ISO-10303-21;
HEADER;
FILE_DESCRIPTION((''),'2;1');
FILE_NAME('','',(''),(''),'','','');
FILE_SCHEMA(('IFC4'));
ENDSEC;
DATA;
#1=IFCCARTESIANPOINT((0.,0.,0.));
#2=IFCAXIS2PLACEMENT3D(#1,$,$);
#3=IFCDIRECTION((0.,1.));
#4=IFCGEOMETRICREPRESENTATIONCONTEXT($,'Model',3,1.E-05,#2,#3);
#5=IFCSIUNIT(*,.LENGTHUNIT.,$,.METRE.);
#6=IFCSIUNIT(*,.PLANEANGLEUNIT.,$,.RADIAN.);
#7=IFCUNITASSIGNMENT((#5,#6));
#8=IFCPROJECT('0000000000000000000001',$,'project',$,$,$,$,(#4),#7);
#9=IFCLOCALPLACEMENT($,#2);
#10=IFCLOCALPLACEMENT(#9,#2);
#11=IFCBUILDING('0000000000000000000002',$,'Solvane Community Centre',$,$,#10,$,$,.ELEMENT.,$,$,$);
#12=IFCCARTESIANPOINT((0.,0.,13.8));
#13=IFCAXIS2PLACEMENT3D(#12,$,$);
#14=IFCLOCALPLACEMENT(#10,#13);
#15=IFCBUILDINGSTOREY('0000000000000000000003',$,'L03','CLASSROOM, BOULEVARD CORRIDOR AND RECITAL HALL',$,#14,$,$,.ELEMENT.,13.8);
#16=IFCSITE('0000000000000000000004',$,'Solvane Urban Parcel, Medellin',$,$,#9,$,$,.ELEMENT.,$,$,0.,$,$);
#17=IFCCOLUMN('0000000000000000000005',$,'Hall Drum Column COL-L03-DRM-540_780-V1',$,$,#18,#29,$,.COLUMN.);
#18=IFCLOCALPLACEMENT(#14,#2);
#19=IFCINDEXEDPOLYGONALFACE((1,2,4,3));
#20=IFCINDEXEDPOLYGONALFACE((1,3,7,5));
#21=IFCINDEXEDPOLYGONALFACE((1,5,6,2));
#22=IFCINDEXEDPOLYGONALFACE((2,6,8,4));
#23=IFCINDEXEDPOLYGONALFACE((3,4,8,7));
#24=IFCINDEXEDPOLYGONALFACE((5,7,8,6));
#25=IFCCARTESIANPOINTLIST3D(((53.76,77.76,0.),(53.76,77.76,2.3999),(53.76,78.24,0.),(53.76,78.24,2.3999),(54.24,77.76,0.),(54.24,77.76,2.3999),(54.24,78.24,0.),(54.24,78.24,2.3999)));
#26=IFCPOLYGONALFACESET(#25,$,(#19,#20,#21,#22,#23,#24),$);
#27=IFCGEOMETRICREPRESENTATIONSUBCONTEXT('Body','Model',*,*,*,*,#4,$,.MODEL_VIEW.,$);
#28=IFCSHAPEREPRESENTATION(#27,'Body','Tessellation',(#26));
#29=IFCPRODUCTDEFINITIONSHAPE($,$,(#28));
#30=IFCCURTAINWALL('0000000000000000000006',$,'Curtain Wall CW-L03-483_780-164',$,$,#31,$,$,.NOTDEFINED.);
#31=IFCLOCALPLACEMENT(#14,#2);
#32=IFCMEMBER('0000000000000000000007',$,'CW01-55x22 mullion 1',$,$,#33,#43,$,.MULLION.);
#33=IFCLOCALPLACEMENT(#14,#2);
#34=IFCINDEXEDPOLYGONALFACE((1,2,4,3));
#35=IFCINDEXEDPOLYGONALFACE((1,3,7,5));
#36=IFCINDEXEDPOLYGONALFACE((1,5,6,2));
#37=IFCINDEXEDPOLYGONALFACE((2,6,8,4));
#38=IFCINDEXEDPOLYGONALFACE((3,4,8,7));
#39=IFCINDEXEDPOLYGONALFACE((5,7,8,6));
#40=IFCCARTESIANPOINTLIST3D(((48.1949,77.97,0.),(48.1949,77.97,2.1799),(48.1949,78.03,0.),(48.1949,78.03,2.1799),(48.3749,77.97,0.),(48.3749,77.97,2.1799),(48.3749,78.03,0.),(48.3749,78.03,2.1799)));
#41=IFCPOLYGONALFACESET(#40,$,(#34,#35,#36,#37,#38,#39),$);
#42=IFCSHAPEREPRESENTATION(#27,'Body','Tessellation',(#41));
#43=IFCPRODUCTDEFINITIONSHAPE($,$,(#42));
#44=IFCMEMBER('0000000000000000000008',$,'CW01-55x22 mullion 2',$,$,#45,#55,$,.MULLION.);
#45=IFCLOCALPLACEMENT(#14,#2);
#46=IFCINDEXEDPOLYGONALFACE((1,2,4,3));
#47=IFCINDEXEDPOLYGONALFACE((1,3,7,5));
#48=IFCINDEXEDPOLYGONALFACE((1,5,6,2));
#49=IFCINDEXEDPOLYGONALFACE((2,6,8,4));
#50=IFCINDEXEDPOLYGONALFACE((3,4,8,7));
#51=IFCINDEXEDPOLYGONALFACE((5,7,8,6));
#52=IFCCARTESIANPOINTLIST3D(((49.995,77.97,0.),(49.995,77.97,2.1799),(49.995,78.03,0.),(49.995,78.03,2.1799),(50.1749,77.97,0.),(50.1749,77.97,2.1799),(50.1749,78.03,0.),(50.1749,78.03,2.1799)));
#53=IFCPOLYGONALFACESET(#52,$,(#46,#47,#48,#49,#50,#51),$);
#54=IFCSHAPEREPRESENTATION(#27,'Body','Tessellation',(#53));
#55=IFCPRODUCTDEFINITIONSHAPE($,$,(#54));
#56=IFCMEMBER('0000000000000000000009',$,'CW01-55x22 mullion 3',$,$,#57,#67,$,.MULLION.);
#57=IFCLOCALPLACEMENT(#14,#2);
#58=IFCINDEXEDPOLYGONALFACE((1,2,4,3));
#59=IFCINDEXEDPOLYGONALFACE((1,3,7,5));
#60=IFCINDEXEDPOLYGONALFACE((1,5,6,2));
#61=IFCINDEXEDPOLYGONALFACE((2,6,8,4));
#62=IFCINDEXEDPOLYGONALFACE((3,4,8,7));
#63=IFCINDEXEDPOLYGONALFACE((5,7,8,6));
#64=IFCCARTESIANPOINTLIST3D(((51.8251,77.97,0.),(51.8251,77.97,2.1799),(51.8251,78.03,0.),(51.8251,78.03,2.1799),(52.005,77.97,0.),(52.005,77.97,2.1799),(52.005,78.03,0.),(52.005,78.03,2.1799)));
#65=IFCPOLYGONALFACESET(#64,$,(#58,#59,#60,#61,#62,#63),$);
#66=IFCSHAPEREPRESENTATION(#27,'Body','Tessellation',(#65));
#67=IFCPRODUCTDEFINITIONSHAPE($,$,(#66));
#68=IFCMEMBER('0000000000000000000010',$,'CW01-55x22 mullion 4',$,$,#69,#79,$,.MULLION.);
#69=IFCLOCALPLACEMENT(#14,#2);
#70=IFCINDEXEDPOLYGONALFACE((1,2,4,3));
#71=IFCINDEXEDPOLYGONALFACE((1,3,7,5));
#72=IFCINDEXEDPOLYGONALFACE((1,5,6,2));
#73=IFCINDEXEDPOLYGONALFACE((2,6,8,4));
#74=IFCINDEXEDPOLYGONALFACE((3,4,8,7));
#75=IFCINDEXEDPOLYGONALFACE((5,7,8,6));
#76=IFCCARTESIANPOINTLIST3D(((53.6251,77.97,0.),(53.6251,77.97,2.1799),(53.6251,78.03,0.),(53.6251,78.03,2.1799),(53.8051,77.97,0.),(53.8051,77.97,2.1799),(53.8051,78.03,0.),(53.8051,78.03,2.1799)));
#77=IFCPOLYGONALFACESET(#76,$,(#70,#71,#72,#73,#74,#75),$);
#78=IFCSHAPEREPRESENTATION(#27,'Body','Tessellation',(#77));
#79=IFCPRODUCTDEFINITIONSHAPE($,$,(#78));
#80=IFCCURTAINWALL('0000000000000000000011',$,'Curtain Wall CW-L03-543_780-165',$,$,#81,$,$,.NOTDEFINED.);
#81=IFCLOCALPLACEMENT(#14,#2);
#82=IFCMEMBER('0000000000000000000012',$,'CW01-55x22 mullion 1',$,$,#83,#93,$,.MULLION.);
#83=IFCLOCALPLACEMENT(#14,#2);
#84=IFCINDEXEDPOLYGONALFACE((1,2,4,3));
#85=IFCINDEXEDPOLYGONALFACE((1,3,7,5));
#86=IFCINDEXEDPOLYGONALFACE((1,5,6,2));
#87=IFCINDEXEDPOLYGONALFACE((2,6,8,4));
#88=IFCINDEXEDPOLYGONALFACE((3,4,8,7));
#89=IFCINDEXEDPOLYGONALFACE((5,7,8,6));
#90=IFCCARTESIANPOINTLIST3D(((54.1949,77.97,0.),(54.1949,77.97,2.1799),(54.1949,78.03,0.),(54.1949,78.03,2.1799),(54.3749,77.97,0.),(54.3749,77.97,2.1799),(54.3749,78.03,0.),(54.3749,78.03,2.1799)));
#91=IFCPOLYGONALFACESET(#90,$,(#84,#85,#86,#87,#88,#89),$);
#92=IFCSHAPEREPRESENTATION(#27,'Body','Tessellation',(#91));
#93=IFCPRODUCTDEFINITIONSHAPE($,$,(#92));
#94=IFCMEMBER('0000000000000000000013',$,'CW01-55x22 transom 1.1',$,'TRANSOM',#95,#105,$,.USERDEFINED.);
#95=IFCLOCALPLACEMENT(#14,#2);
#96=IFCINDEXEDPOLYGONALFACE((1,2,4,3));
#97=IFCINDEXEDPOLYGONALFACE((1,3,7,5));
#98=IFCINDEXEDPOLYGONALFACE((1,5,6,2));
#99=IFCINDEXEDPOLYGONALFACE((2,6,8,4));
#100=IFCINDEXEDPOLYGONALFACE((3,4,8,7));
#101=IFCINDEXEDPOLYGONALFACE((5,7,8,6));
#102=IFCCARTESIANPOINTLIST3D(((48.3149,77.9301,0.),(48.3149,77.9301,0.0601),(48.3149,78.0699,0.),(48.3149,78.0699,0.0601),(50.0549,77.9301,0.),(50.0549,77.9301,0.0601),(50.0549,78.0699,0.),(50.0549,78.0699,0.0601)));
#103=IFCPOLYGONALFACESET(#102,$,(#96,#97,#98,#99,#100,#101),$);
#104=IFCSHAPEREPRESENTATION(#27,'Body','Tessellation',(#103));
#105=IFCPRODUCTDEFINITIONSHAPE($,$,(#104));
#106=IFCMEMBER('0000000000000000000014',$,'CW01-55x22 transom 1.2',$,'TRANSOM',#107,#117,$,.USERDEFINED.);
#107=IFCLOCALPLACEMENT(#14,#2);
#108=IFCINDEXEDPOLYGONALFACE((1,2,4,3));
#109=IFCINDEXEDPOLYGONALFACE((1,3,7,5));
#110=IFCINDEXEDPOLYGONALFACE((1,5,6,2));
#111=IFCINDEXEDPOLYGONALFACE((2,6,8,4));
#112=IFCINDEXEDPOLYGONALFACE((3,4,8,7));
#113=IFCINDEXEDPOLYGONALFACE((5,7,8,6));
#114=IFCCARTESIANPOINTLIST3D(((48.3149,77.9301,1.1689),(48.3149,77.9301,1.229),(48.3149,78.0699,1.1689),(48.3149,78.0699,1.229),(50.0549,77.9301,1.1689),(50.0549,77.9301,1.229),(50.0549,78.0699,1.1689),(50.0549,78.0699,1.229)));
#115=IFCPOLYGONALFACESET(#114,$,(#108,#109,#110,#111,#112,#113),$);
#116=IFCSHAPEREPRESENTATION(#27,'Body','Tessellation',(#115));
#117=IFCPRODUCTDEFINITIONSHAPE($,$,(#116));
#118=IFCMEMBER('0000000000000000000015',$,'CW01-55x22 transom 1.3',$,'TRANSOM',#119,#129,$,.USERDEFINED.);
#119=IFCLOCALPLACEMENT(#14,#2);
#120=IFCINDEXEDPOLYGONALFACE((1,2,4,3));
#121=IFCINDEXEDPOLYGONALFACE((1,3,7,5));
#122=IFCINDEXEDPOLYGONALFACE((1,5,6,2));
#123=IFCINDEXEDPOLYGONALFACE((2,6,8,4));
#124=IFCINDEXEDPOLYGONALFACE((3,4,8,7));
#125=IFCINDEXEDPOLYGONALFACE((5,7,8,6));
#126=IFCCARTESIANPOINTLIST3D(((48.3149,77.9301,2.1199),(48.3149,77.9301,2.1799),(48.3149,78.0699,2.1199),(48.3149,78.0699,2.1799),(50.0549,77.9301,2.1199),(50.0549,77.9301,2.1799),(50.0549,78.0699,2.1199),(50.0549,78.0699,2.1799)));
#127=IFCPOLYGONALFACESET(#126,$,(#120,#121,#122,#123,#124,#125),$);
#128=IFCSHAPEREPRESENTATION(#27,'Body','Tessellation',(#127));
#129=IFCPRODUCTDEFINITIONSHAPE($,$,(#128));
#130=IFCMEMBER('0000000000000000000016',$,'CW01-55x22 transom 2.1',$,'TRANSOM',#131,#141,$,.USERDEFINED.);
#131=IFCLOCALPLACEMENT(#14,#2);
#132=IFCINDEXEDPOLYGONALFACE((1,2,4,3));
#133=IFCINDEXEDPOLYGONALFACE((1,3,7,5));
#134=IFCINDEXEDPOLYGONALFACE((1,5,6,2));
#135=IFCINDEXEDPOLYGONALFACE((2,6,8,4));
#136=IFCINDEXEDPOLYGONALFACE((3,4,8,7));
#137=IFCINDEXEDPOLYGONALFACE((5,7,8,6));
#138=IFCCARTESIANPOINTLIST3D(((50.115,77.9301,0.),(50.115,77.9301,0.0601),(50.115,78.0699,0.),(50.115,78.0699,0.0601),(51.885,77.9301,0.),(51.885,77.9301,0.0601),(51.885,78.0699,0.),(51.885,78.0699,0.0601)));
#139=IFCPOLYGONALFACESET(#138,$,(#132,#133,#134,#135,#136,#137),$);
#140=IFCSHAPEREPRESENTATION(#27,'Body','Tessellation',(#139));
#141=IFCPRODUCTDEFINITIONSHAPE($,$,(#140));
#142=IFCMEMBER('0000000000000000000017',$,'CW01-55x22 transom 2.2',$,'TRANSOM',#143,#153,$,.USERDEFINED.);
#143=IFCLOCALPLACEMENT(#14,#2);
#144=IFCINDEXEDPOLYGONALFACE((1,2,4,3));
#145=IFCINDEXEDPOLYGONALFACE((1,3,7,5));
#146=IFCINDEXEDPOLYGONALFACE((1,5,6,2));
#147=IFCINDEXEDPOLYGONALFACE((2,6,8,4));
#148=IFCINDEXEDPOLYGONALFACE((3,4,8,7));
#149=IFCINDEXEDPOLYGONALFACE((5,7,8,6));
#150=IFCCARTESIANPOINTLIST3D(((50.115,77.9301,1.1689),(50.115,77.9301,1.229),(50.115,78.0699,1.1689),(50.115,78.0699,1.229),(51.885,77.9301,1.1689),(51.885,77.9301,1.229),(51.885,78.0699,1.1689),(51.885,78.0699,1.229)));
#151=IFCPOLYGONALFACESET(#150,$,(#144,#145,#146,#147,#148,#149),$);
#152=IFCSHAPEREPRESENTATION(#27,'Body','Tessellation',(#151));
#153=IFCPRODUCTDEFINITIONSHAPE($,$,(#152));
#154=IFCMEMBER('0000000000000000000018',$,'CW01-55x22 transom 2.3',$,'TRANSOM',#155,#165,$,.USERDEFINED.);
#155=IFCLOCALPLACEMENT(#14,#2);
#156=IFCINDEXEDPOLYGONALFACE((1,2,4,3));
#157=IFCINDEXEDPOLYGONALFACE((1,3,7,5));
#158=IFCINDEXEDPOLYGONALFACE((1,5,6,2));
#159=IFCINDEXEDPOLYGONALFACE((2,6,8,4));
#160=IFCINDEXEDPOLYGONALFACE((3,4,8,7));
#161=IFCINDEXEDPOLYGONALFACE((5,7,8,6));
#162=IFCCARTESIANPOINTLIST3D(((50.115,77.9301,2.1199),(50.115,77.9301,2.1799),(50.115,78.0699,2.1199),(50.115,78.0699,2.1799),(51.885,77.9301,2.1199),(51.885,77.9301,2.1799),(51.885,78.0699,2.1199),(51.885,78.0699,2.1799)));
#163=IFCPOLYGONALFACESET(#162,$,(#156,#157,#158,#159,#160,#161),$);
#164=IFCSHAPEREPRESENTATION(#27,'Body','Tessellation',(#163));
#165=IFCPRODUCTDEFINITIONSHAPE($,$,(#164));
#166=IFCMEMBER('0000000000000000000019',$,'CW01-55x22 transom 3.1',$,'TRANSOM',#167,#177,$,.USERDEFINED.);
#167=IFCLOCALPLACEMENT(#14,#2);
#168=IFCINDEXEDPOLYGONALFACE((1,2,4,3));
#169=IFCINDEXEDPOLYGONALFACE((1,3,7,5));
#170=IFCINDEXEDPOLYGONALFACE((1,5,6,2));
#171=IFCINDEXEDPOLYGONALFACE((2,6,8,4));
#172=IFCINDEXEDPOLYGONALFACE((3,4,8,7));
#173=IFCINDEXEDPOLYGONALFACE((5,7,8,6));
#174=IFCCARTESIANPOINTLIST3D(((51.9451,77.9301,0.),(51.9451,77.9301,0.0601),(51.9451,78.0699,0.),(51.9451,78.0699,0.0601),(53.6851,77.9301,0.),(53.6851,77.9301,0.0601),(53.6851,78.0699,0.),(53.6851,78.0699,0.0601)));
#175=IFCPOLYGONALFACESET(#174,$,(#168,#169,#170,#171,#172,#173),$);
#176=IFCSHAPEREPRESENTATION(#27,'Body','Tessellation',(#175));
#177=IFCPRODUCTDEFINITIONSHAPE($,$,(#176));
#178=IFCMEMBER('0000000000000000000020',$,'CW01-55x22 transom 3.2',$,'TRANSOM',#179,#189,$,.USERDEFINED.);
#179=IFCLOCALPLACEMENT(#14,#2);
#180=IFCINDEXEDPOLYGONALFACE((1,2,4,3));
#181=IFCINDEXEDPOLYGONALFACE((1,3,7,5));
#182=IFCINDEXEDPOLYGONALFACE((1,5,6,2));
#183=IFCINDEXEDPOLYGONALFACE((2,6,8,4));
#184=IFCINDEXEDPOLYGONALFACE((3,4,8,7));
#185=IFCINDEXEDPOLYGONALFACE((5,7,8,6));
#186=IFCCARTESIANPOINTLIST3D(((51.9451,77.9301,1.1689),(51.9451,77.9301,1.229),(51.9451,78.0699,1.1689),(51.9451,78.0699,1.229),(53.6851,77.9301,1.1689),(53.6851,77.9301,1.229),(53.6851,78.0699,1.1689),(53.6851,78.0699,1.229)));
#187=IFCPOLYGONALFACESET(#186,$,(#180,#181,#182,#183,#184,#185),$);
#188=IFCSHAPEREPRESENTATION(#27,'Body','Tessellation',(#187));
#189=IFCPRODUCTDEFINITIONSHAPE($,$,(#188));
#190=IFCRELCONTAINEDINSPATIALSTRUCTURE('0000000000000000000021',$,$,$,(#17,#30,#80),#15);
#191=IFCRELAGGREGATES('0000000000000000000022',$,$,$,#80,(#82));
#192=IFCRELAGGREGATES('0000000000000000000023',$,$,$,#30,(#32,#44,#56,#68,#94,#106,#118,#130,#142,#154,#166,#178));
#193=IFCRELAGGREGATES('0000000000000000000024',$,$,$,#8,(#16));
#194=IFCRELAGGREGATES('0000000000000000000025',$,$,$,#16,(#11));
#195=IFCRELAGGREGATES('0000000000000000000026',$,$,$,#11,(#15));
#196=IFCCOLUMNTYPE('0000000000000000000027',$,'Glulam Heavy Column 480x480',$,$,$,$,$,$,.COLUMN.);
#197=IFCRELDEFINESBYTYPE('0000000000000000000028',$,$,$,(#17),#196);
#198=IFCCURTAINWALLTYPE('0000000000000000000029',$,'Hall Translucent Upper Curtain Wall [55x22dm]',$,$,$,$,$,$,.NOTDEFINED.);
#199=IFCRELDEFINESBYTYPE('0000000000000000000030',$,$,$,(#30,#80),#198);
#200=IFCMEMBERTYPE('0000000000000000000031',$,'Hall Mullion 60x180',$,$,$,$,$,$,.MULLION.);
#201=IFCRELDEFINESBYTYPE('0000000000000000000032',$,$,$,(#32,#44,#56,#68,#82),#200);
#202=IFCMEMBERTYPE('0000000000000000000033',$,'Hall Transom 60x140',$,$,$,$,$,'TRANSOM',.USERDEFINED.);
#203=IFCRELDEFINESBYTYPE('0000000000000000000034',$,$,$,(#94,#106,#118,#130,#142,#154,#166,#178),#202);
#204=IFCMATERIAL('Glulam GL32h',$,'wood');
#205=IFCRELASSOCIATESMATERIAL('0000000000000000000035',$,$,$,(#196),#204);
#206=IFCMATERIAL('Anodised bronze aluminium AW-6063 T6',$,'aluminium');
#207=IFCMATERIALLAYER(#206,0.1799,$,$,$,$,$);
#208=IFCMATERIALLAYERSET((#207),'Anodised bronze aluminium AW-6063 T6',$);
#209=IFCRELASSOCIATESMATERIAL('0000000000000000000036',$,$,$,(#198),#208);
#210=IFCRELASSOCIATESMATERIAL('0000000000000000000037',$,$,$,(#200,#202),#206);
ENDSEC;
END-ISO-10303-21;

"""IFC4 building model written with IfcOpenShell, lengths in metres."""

from ifc_helpers import new_model, si_unit, direction, frame, origin, origin_2d, place, context, subcontext, project, spatial, rectangle, extrude, material, layer, layer_set, material_profile, profile_set, type_object, element, aggregate, save


model = new_model("IFC4")

# Units and contexts
model_context = context("Model", 3, precision=1e-05, world=origin(), true_north=direction((0.0, 1.0)))
body_context = subcontext(model_context, "Body", "Model", "MODEL_VIEW")
ifc_project = project(units=[si_unit("LENGTHUNIT", "METRE"), si_unit("PLANEANGLEUNIT", "RADIAN")], contexts=[model_context])

# Site, building, storey
site_placement = place(None, origin())
site = spatial("IfcSite", under=ifc_project, at=site_placement, Name="Solvane Urban Parcel, Medellin", CompositionType="ELEMENT", RefElevation=0.0)
building_placement = place(site_placement, origin())
building = spatial("IfcBuilding", under=site, at=building_placement, Name="Solvane Community Centre", CompositionType="ELEMENT")
storey_placement = place(building_placement, frame((0.0, 0.0, 13.8)))
storey = spatial("IfcBuildingStorey", under=building, at=storey_placement, Name="L03", Description="CLASSROOM, BOULEVARD CORRIDOR AND RECITAL HALL", CompositionType="ELEMENT", Elevation=13.8)

# Column
ifc_material_1 = material(Name="Glulam GL32h", Category="wood")
ifc_material_profile_1 = material_profile(ifc_material_1, rectangle(XDim=0.48, YDim=0.48, at=origin_2d()), Name="GL32h 480x480")
ifc_profile_set_1 = profile_set([ifc_material_profile_1], Name="Glulam GL32h")
column_type = type_object("IfcColumnType", Name="Glulam Heavy Column 480x480", PredefinedType="COLUMN", material=ifc_profile_set_1)
column_placement = place(storey_placement, frame((54.0, 78.0, 0.0), z_axis=(0.0, 0.0, 1.0), x_axis=(1.0, 0.0, 0.0)))
element("IfcColumn", 1, at=column_placement, inside=storey, type_object=column_type, Name="Hall Drum Column COL-L03-DRM-540_780-V1", PredefinedType="COLUMN", context=body_context, shape_type="SweptSolid", body=[
    extrude(rectangle(XDim=0.48, YDim=0.48, at=origin_2d()), origin(), (0.0, 0.0, 1.0), 2.3999),
])

# Curtain wall, members
ifc_material_2 = material(Name="Anodised bronze aluminium AW-6063 T6", Category="aluminium")
ifc_layer_1 = layer(ifc_material_2, 0.1799)
ifc_layer_set_1 = layer_set([ifc_layer_1], Name="Anodised bronze aluminium AW-6063 T6")
curtain_wall_type = type_object("IfcCurtainWallType", Name="Hall Translucent Upper Curtain Wall [55x22dm]", PredefinedType="NOTDEFINED", material=ifc_layer_set_1)
curtain_wall_1_placement = place(storey_placement, origin())
curtain_wall_1 = element("IfcCurtainWall", 2, at=curtain_wall_1_placement, inside=storey, type_object=curtain_wall_type, Name="Curtain Wall CW-L03-483_780-164", PredefinedType="NOTDEFINED")
ifc_material_profile_2 = material_profile(ifc_material_2, rectangle(XDim=0.0601, YDim=0.1799, at=origin_2d()), Name="CW-M 60x180")
ifc_profile_set_2 = profile_set([ifc_material_profile_2], Name="Anodised bronze aluminium AW-6063 T6")
member_type_1 = type_object("IfcMemberType", Name="Hall Mullion 60x180", PredefinedType="MULLION", material=ifc_profile_set_2)
member_1_placement = place(storey_placement, frame((48.2849, 78.0, 0.0), z_axis=(0.0, 0.0, 1.0), x_axis=(0.0, 1.0, 0.0)))
member_1 = element("IfcMember", 3, at=member_1_placement, type_object=member_type_1, Name="CW01-55x22 mullion 1", PredefinedType="MULLION", context=body_context, shape_type="SweptSolid", body=[
    extrude(rectangle(XDim=0.0601, YDim=0.1799, at=origin_2d()), origin(), (0.0, 0.0, 1.0), 2.1799),
])
member_2_placement = place(storey_placement, frame((50.085, 78.0, 0.0), z_axis=(0.0, 0.0, 1.0), x_axis=(0.0, 1.0, 0.0)))
member_2 = element("IfcMember", 4, at=member_2_placement, type_object=member_type_1, Name="CW01-55x22 mullion 2", PredefinedType="MULLION", context=body_context, shape_type="SweptSolid", body=[
    extrude(rectangle(XDim=0.0601, YDim=0.1799, at=origin_2d()), origin(), (0.0, 0.0, 1.0), 2.1799),
])
member_3_placement = place(storey_placement, frame((51.915, 78.0, 0.0), z_axis=(0.0, 0.0, 1.0), x_axis=(0.0, 1.0, 0.0)))
member_3 = element("IfcMember", 5, at=member_3_placement, type_object=member_type_1, Name="CW01-55x22 mullion 3", PredefinedType="MULLION", context=body_context, shape_type="SweptSolid", body=[
    extrude(rectangle(XDim=0.0601, YDim=0.1799, at=origin_2d()), origin(), (0.0, 0.0, 1.0), 2.1799),
])
member_4_placement = place(storey_placement, frame((53.7151, 78.0, 0.0), z_axis=(0.0, 0.0, 1.0), x_axis=(0.0, 1.0, 0.0)))
member_4 = element("IfcMember", 6, at=member_4_placement, type_object=member_type_1, Name="CW01-55x22 mullion 4", PredefinedType="MULLION", context=body_context, shape_type="SweptSolid", body=[
    extrude(rectangle(XDim=0.0601, YDim=0.1799, at=origin_2d()), origin(), (0.0, 0.0, 1.0), 2.1799),
])

# Curtain wall, member
curtain_wall_2_placement = place(storey_placement, origin())
curtain_wall_2 = element("IfcCurtainWall", 7, at=curtain_wall_2_placement, inside=storey, type_object=curtain_wall_type, Name="Curtain Wall CW-L03-543_780-165", PredefinedType="NOTDEFINED")
member_5_placement = place(storey_placement, frame((54.2849, 78.0, 0.0), z_axis=(0.0, 0.0, 1.0), x_axis=(0.0, 1.0, 0.0)))
member_5 = element("IfcMember", 8, at=member_5_placement, type_object=member_type_1, Name="CW01-55x22 mullion 1", PredefinedType="MULLION", context=body_context, shape_type="SweptSolid", body=[
    extrude(rectangle(XDim=0.0601, YDim=0.1799, at=origin_2d()), origin(), (0.0, 0.0, 1.0), 2.1799),
])

# Members
ifc_material_profile_3 = material_profile(ifc_material_2, rectangle(XDim=0.1399, YDim=0.0601, at=origin_2d()), Name="CW-T 60x140")
ifc_profile_set_3 = profile_set([ifc_material_profile_3], Name="Anodised bronze aluminium AW-6063 T6")
member_type_2 = type_object("IfcMemberType", Name="Hall Transom 60x140", ElementType="TRANSOM", PredefinedType="USERDEFINED", material=ifc_profile_set_3)
member_6_placement = place(storey_placement, frame((48.3149, 78.0, 0.03), z_axis=(1.0, 0.0, 0.0), x_axis=(0.0, 1.0, 0.0)))
member_6 = element("IfcMember", 9, at=member_6_placement, type_object=member_type_2, Name="CW01-55x22 transom 1.1", ObjectType="TRANSOM", PredefinedType="USERDEFINED", context=body_context, shape_type="SweptSolid", body=[
    extrude(rectangle(XDim=0.1399, YDim=0.0601, at=origin_2d()), origin(), (0.0, 0.0, 1.0), 1.74),
])
member_7_placement = place(storey_placement, frame((48.3149, 78.0, 1.199), z_axis=(1.0, 0.0, 0.0), x_axis=(0.0, 1.0, 0.0)))
member_7 = element("IfcMember", 10, at=member_7_placement, type_object=member_type_2, Name="CW01-55x22 transom 1.2", ObjectType="TRANSOM", PredefinedType="USERDEFINED", context=body_context, shape_type="SweptSolid", body=[
    extrude(rectangle(XDim=0.1399, YDim=0.0601, at=origin_2d()), origin(), (0.0, 0.0, 1.0), 1.74),
])
member_8_placement = place(storey_placement, frame((48.3149, 78.0, 2.1499), z_axis=(1.0, 0.0, 0.0), x_axis=(0.0, 1.0, 0.0)))
member_8 = element("IfcMember", 11, at=member_8_placement, type_object=member_type_2, Name="CW01-55x22 transom 1.3", ObjectType="TRANSOM", PredefinedType="USERDEFINED", context=body_context, shape_type="SweptSolid", body=[
    extrude(rectangle(XDim=0.1399, YDim=0.0601, at=origin_2d()), origin(), (0.0, 0.0, 1.0), 1.74),
])
member_9_placement = place(storey_placement, frame((50.115, 78.0, 0.03), z_axis=(1.0, 0.0, 0.0), x_axis=(0.0, 1.0, 0.0)))
member_9 = element("IfcMember", 12, at=member_9_placement, type_object=member_type_2, Name="CW01-55x22 transom 2.1", ObjectType="TRANSOM", PredefinedType="USERDEFINED", context=body_context, shape_type="SweptSolid", body=[
    extrude(rectangle(XDim=0.1399, YDim=0.0601, at=origin_2d()), origin(), (0.0, 0.0, 1.0), 1.77),
])
member_10_placement = place(storey_placement, frame((50.115, 78.0, 1.199), z_axis=(1.0, 0.0, 0.0), x_axis=(0.0, 1.0, 0.0)))
member_10 = element("IfcMember", 13, at=member_10_placement, type_object=member_type_2, Name="CW01-55x22 transom 2.2", ObjectType="TRANSOM", PredefinedType="USERDEFINED", context=body_context, shape_type="SweptSolid", body=[
    extrude(rectangle(XDim=0.1399, YDim=0.0601, at=origin_2d()), origin(), (0.0, 0.0, 1.0), 1.77),
])
member_11_placement = place(storey_placement, frame((50.115, 78.0, 2.1499), z_axis=(1.0, 0.0, 0.0), x_axis=(0.0, 1.0, 0.0)))
member_11 = element("IfcMember", 14, at=member_11_placement, type_object=member_type_2, Name="CW01-55x22 transom 2.3", ObjectType="TRANSOM", PredefinedType="USERDEFINED", context=body_context, shape_type="SweptSolid", body=[
    extrude(rectangle(XDim=0.1399, YDim=0.0601, at=origin_2d()), origin(), (0.0, 0.0, 1.0), 1.77),
])
member_12_placement = place(storey_placement, frame((51.9451, 78.0, 0.03), z_axis=(1.0, 0.0, 0.0), x_axis=(0.0, 1.0, 0.0)))
member_12 = element("IfcMember", 15, at=member_12_placement, type_object=member_type_2, Name="CW01-55x22 transom 3.1", ObjectType="TRANSOM", PredefinedType="USERDEFINED", context=body_context, shape_type="SweptSolid", body=[
    extrude(rectangle(XDim=0.1399, YDim=0.0601, at=origin_2d()), origin(), (0.0, 0.0, 1.0), 1.74),
])
member_13_placement = place(storey_placement, frame((51.9451, 78.0, 1.199), z_axis=(1.0, 0.0, 0.0), x_axis=(0.0, 1.0, 0.0)))
member_13 = element("IfcMember", 16, at=member_13_placement, type_object=member_type_2, Name="CW01-55x22 transom 3.2", ObjectType="TRANSOM", PredefinedType="USERDEFINED", context=body_context, shape_type="SweptSolid", body=[
    extrude(rectangle(XDim=0.1399, YDim=0.0601, at=origin_2d()), origin(), (0.0, 0.0, 1.0), 1.74),
])
aggregate(curtain_wall_2, [member_5])

aggregate(curtain_wall_1, [member_1, member_2, member_3, member_4, member_6, member_7, member_8, member_9, member_10, member_11, member_12, member_13])

save(model, "model.ifc")
